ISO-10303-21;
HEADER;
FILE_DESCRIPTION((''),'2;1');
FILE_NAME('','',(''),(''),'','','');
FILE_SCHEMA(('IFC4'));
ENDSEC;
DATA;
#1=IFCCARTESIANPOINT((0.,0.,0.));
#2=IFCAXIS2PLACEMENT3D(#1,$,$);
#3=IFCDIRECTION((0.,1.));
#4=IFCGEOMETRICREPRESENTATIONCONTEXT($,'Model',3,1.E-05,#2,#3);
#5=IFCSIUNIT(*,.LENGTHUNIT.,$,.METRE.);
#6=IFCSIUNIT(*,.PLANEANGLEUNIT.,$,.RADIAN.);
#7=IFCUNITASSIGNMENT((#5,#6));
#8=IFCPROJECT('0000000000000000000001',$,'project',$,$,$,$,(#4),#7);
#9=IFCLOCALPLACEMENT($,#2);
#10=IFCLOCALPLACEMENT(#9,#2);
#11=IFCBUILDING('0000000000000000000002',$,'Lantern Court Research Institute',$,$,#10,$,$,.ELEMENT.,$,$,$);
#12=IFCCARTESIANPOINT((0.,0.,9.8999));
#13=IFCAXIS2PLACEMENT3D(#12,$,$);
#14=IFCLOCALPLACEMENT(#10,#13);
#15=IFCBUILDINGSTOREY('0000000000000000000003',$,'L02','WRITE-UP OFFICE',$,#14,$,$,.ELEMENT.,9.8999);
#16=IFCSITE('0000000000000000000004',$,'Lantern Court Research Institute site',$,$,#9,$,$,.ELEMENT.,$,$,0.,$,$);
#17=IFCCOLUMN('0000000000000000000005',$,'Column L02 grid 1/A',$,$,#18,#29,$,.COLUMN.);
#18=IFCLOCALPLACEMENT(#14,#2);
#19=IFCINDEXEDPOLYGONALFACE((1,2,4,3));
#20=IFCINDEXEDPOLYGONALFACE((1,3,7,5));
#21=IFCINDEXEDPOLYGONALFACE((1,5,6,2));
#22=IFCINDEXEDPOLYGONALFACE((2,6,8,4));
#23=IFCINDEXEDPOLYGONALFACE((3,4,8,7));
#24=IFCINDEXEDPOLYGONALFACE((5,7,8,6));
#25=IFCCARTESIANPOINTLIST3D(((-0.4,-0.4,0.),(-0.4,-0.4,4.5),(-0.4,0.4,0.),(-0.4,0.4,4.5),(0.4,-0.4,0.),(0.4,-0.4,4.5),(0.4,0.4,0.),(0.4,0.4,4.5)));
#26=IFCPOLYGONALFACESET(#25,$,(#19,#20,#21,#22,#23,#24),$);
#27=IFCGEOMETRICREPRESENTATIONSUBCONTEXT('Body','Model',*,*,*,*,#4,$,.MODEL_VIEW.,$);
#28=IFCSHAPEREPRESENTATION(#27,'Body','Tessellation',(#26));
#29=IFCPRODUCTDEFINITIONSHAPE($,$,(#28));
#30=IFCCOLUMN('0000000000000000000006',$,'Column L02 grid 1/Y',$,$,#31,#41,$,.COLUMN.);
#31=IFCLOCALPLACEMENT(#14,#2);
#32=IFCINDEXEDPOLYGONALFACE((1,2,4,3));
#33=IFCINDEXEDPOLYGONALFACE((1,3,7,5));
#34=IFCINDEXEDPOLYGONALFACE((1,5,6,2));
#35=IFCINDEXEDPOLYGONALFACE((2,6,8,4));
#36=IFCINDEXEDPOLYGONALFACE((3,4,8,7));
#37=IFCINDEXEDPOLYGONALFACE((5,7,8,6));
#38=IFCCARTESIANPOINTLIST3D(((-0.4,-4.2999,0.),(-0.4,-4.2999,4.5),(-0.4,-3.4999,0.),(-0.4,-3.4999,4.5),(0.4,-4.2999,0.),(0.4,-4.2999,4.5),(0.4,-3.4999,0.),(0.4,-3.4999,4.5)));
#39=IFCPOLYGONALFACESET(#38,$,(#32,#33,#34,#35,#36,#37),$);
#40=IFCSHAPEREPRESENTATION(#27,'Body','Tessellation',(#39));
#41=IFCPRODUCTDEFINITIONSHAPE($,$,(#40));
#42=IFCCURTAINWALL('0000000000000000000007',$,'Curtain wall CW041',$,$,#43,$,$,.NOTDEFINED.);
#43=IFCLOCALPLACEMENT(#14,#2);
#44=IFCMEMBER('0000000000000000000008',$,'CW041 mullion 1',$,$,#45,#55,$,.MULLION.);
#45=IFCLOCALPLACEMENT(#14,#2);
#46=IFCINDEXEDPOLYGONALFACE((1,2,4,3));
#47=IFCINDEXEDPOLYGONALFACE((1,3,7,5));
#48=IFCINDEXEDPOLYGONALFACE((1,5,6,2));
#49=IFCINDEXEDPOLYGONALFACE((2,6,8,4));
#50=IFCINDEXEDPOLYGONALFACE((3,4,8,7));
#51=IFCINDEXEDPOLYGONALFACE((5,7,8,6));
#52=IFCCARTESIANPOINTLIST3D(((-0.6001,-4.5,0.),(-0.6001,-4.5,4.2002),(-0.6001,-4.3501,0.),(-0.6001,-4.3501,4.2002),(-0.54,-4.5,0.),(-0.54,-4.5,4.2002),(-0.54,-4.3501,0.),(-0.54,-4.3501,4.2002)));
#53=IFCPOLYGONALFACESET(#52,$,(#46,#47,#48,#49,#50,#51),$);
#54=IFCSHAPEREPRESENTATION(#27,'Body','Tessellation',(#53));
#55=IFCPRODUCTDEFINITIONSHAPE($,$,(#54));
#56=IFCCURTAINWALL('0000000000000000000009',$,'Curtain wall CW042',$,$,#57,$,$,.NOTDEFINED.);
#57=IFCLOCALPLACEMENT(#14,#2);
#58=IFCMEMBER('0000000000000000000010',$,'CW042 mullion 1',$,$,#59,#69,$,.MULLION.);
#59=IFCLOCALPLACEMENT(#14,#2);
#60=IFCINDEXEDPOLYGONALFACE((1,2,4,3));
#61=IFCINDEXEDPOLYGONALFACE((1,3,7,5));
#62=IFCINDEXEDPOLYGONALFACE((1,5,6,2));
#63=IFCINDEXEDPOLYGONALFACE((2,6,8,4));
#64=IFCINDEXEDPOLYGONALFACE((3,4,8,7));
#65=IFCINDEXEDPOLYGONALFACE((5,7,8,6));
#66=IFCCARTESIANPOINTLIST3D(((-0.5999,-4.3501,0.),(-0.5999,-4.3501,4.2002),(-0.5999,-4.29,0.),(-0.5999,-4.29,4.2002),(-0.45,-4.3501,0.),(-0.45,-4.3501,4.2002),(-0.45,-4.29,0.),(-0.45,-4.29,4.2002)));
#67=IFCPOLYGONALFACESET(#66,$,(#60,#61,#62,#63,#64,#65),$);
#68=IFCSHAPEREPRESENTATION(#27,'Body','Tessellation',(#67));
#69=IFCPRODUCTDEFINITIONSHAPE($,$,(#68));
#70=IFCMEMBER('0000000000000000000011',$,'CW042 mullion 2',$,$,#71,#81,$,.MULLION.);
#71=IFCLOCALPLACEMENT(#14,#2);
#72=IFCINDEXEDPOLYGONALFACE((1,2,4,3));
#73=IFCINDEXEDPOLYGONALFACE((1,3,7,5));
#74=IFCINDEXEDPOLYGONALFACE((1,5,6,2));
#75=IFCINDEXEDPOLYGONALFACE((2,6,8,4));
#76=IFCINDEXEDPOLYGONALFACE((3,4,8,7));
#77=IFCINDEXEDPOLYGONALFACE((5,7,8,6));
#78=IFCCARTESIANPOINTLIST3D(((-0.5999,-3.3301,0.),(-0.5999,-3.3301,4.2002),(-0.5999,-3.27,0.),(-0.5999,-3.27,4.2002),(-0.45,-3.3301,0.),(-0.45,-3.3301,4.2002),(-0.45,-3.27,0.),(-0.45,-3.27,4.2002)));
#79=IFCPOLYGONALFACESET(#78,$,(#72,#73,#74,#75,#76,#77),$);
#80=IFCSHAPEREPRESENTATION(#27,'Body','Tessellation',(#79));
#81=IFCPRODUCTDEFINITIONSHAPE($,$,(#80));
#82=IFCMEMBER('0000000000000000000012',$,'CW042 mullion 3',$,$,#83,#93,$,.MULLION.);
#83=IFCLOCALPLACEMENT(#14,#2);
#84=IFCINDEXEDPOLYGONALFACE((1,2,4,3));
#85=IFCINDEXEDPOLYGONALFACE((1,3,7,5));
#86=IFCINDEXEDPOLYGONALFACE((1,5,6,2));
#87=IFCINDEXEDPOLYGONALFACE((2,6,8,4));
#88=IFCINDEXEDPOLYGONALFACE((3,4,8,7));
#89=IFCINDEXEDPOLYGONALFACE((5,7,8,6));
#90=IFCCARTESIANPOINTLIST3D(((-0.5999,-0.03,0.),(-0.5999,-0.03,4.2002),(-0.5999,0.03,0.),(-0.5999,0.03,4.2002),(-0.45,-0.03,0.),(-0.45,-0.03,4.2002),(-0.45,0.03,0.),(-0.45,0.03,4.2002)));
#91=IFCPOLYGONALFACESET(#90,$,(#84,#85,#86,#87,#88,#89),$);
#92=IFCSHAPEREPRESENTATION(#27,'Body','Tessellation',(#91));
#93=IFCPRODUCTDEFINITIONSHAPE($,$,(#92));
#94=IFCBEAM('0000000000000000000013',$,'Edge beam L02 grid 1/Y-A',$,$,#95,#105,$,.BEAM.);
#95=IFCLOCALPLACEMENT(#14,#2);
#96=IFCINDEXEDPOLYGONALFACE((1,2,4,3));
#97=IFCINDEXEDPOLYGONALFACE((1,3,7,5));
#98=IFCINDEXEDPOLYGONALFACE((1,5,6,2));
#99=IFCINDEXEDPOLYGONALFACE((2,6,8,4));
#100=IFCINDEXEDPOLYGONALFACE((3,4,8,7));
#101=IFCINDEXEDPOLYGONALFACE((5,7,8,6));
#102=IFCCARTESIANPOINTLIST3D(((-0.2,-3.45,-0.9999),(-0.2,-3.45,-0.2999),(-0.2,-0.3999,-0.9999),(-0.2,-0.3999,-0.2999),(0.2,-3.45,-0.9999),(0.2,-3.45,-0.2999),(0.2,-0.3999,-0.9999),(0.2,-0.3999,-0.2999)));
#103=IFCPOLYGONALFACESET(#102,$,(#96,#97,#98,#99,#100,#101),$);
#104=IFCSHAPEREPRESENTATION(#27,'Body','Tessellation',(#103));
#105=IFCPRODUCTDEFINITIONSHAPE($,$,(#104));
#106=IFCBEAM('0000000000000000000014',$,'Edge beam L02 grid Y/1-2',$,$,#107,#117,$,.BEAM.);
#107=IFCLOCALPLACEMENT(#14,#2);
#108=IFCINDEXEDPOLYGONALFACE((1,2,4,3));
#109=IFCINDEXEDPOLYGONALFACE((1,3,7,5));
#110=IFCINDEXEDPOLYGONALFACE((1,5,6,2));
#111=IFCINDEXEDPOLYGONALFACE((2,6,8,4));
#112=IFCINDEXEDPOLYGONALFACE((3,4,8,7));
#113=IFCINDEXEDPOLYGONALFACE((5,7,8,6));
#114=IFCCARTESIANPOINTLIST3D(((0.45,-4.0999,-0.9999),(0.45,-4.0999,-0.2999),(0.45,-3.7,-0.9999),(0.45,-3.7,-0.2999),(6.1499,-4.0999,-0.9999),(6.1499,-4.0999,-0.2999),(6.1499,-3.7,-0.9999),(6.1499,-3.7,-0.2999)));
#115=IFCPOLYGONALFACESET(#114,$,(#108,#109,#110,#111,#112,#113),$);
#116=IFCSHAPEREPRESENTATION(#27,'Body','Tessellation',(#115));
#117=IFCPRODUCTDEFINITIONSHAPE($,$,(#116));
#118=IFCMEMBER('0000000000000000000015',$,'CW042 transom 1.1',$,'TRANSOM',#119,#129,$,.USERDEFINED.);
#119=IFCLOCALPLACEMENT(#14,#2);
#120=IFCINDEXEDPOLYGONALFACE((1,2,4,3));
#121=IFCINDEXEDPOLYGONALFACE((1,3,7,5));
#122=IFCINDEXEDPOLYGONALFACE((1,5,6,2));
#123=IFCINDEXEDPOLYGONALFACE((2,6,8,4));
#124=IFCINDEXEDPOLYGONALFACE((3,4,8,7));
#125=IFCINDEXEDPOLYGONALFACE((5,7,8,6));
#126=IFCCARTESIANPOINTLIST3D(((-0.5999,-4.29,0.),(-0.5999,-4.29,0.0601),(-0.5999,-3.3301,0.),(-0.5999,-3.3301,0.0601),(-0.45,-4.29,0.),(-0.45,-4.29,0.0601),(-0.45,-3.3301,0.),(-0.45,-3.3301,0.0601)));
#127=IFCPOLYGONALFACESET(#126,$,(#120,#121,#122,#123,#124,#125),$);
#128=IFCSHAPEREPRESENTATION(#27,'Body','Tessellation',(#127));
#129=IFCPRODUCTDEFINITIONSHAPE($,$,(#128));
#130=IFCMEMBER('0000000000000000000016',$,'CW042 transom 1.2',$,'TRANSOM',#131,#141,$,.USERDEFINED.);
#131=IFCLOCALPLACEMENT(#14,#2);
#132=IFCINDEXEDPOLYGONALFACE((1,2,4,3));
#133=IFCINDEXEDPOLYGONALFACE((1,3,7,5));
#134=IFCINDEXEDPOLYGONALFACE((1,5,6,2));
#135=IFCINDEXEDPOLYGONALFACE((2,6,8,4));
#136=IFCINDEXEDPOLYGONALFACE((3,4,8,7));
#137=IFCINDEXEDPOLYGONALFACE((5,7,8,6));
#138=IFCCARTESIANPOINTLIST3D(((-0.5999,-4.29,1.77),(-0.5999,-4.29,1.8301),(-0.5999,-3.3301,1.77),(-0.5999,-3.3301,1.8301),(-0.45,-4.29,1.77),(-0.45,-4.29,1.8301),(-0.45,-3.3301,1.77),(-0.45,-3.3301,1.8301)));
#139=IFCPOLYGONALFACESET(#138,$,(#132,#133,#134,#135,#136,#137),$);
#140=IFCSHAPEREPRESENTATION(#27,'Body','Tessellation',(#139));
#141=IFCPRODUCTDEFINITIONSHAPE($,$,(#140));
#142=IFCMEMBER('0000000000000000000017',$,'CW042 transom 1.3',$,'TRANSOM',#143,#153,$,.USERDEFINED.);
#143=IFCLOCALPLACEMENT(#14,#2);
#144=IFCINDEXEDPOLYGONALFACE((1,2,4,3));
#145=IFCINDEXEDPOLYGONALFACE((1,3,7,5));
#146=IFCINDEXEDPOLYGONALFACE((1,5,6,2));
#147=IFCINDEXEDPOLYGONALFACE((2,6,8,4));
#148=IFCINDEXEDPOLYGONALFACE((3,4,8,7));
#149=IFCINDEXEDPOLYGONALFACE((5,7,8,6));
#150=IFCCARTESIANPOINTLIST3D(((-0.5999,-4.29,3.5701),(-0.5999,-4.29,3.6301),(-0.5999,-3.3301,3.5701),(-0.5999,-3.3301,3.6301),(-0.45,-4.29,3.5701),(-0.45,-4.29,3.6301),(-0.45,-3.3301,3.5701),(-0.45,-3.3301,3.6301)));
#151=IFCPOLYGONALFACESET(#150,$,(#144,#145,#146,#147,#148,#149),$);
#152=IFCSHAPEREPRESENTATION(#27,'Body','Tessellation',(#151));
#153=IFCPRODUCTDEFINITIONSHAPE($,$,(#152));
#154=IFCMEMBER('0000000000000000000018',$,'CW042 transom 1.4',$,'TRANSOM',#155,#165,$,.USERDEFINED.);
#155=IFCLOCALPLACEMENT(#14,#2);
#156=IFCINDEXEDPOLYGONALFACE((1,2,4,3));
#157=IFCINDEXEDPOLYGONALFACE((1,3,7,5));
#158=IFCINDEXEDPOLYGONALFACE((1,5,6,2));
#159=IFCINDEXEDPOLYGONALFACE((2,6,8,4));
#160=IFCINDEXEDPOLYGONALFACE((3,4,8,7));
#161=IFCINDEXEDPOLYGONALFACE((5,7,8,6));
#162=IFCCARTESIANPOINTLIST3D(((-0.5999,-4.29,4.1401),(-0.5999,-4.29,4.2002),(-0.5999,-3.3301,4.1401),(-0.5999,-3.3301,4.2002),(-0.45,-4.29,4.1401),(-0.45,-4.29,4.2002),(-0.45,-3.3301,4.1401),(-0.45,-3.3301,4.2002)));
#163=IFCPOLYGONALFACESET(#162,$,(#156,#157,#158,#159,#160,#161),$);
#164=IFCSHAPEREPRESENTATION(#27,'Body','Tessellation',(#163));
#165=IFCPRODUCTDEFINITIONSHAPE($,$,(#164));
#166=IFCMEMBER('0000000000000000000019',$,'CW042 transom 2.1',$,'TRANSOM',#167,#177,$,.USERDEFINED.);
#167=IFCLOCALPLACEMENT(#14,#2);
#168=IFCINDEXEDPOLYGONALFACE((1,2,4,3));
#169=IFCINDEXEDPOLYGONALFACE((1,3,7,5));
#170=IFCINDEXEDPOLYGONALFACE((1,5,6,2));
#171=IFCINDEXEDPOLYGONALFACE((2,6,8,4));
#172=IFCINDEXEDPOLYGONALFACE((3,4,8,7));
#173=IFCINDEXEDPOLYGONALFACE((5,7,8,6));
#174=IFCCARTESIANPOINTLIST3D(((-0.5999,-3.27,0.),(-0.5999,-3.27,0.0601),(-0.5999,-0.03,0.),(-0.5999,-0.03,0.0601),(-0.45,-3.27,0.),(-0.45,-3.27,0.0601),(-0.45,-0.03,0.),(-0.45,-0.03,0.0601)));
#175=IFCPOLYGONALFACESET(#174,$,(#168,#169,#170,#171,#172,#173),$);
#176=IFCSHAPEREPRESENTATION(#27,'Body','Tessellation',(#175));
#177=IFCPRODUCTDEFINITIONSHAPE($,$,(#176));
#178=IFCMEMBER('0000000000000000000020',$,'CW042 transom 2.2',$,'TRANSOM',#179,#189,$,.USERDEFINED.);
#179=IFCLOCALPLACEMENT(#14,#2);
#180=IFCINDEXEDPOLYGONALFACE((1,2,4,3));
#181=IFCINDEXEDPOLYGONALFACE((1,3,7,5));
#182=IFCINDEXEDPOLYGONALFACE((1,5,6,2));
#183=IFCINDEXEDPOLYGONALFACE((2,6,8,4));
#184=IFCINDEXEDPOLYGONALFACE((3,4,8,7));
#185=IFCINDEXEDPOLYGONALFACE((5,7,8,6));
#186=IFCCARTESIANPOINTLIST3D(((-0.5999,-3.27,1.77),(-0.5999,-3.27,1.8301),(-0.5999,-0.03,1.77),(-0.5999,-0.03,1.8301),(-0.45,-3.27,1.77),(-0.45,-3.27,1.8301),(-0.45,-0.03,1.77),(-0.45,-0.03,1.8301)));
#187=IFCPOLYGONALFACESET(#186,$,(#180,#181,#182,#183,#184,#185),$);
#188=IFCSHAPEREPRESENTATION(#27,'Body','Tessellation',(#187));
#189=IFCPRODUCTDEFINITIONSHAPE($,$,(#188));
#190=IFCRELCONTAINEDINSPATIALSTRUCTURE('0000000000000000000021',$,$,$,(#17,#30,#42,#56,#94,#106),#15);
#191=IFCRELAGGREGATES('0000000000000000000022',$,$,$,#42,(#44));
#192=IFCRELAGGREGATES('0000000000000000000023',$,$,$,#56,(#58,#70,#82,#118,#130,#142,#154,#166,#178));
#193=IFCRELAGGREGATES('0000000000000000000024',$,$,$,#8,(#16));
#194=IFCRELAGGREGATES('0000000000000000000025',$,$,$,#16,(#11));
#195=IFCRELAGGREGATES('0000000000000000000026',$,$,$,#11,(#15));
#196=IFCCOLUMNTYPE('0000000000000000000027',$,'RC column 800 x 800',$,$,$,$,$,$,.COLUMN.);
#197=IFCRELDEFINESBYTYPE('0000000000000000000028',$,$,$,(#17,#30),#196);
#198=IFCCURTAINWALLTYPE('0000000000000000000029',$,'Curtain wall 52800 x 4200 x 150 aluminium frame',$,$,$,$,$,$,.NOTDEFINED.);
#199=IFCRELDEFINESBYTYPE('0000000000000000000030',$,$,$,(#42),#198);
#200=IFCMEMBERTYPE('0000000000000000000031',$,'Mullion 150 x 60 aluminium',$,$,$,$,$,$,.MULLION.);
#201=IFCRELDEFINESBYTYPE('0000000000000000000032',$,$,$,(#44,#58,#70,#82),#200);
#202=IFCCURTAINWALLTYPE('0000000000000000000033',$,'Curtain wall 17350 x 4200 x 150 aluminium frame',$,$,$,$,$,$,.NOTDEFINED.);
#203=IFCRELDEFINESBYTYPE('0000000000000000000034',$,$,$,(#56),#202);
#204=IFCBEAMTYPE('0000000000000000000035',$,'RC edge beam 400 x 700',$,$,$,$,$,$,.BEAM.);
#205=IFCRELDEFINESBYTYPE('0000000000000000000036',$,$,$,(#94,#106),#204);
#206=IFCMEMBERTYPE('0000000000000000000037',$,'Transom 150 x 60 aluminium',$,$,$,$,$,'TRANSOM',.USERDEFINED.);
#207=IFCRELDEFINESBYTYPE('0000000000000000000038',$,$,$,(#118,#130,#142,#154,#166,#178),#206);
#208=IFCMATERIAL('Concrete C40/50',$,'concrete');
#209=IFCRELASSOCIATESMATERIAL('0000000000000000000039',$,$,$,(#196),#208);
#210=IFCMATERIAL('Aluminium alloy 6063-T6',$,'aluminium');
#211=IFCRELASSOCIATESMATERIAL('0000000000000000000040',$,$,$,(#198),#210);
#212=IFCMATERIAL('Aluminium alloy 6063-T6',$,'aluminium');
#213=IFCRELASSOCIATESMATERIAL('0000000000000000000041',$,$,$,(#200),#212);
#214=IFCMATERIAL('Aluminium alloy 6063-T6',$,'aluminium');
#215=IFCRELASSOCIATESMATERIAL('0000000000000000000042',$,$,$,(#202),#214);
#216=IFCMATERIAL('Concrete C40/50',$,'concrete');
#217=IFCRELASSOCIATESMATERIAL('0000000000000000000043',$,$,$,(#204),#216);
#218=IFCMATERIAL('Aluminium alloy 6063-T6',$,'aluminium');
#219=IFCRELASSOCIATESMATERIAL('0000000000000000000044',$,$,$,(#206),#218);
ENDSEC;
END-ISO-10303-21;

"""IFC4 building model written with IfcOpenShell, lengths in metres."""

from ifc_helpers import new_model, si_unit, direction, frame, origin, origin_2d, place, context, subcontext, project, spatial, rectangle, extrude, material, material_profile, profile_set, type_object, element, aggregate, save


model = new_model("IFC4")

# Units and contexts
model_context = context("Model", 3, precision=1e-05, world=origin(), true_north=direction((0.0, 1.0)))
body_context = subcontext(model_context, "Body", "Model", "MODEL_VIEW")
ifc_project = project(units=[si_unit("LENGTHUNIT", "METRE"), si_unit("PLANEANGLEUNIT", "RADIAN")], contexts=[model_context])

# Site, building, storey
site_placement = place(None, origin())
site = spatial("IfcSite", under=ifc_project, at=site_placement, Name="Lantern Court Research Institute site", CompositionType="ELEMENT", RefElevation=0.0)
building_placement = place(site_placement, origin())
building = spatial("IfcBuilding", under=site, at=building_placement, Name="Lantern Court Research Institute", CompositionType="ELEMENT")
storey_placement = place(building_placement, frame((0.0, 0.0, 9.8999)))
storey = spatial("IfcBuildingStorey", under=building, at=storey_placement, Name="L02", Description="WRITE-UP OFFICE", CompositionType="ELEMENT", Elevation=9.8999)

# Columns
ifc_material_1 = material(Name="Concrete C40/50", Category="concrete")
ifc_material_profile_1 = material_profile(ifc_material_1, rectangle(XDim=0.8, YDim=0.8, at=origin_2d()), Name="RC column 800 x 800")
ifc_profile_set_1 = profile_set([ifc_material_profile_1], Name="Concrete C40/50")
column_type = type_object("IfcColumnType", Name="RC column 800 x 800", PredefinedType="COLUMN", material=ifc_profile_set_1)
for number, where, z_axis, x_axis, name in (
    (1, (0.0, 0.0, 0.0), (0.0, 0.0, 1.0), (1.0, 0.0, 0.0), "Column L02 grid 1/A"),
    (2, (0.0, -3.8999, 0.0), (0.0, 0.0, 1.0), (1.0, 0.0, 0.0), "Column L02 grid 1/Y"),
):
    element("IfcColumn", number, at=place(storey_placement, frame(where, z_axis=z_axis, x_axis=x_axis)), inside=storey, type_object=column_type, Name=name, PredefinedType="COLUMN", context=body_context, shape_type="SweptSolid", body=[
        extrude(rectangle(XDim=0.8, YDim=0.8, at=origin_2d()), origin(), (0.0, 0.0, 1.0), 4.5),
    ])

# Curtain wall, member
ifc_material_2 = material(Name="Aluminium alloy 6063-T6", Category="aluminium")
curtain_wall_type_1 = type_object("IfcCurtainWallType", Name="Curtain wall 52800 x 4200 x 150 aluminium frame", PredefinedType="NOTDEFINED", material=ifc_material_2)
curtain_wall_1_placement = place(storey_placement, origin())
curtain_wall_1 = element("IfcCurtainWall", 3, at=curtain_wall_1_placement, inside=storey, type_object=curtain_wall_type_1, Name="Curtain wall CW041", PredefinedType="NOTDEFINED")
ifc_material_3 = material(Name="Aluminium alloy 6063-T6", Category="aluminium")
ifc_material_profile_2 = material_profile(ifc_material_3, rectangle(XDim=0.1499, YDim=0.0601, at=origin_2d()), Name="Mullion 150 x 60")
ifc_profile_set_2 = profile_set([ifc_material_profile_2], Name="Aluminium alloy 6063-T6")
member_type_1 = type_object("IfcMemberType", Name="Mullion 150 x 60 aluminium", PredefinedType="MULLION", material=ifc_profile_set_2)
member_1_placement = place(storey_placement, frame((-0.5701, -4.425, 0.0), z_axis=(0.0, 0.0, 1.0), x_axis=(0.0, -1.0, 0.0)))
member_1 = element("IfcMember", 4, at=member_1_placement, type_object=member_type_1, Name="CW041 mullion 1", PredefinedType="MULLION", context=body_context, shape_type="SweptSolid", body=[
    extrude(rectangle(XDim=0.1499, YDim=0.0601, at=origin_2d()), origin(), (0.0, 0.0, 1.0), 4.2002),
])
aggregate(curtain_wall_1, [member_1])

# Curtain wall, members
ifc_material_4 = material(Name="Aluminium alloy 6063-T6", Category="aluminium")
curtain_wall_type_2 = type_object("IfcCurtainWallType", Name="Curtain wall 17350 x 4200 x 150 aluminium frame", PredefinedType="NOTDEFINED", material=ifc_material_4)
curtain_wall_2_placement = place(storey_placement, origin())
curtain_wall_2 = element("IfcCurtainWall", 5, at=curtain_wall_2_placement, inside=storey, type_object=curtain_wall_type_2, Name="Curtain wall CW042", PredefinedType="NOTDEFINED")
member_2_placement = place(storey_placement, frame((-0.5249, -4.3201, 0.0), z_axis=(0.0, 0.0, 1.0), x_axis=(-1.0, 0.0, 0.0)))
member_2 = element("IfcMember", 6, at=member_2_placement, type_object=member_type_1, Name="CW042 mullion 1", PredefinedType="MULLION", context=body_context, shape_type="SweptSolid", body=[
    extrude(rectangle(XDim=0.1499, YDim=0.0601, at=origin_2d()), origin(), (0.0, 0.0, 1.0), 4.2002),
])
member_3_placement = place(storey_placement, frame((-0.5249, -3.3, 0.0), z_axis=(0.0, 0.0, 1.0), x_axis=(-1.0, 0.0, 0.0)))
member_3 = element("IfcMember", 7, at=member_3_placement, type_object=member_type_1, Name="CW042 mullion 2", PredefinedType="MULLION", context=body_context, shape_type="SweptSolid", body=[
    extrude(rectangle(XDim=0.1499, YDim=0.0601, at=origin_2d()), origin(), (0.0, 0.0, 1.0), 4.2002),
])
member_4_placement = place(storey_placement, frame((-0.5249, 0.0, 0.0), z_axis=(0.0, 0.0, 1.0), x_axis=(-1.0, 0.0, 0.0)))
member_4 = element("IfcMember", 8, at=member_4_placement, type_object=member_type_1, Name="CW042 mullion 3", PredefinedType="MULLION", context=body_context, shape_type="SweptSolid", body=[
    extrude(rectangle(XDim=0.1499, YDim=0.0601, at=origin_2d()), origin(), (0.0, 0.0, 1.0), 4.2002),
])

# Beams
ifc_material_5 = material(Name="Concrete C40/50", Category="concrete")
ifc_material_profile_3 = material_profile(ifc_material_5, rectangle(XDim=0.3999, YDim=0.7, at=origin_2d()), Name="RC beam 400 x 700")
ifc_profile_set_3 = profile_set([ifc_material_profile_3], Name="Concrete C40/50")
beam_type = type_object("IfcBeamType", Name="RC edge beam 400 x 700", PredefinedType="BEAM", material=ifc_profile_set_3)
beam_1_placement = place(storey_placement, frame((0.0, -3.45, -0.6499), z_axis=(0.0, 1.0, 0.0), x_axis=(-1.0, 0.0, 0.0)))
element("IfcBeam", 9, at=beam_1_placement, inside=storey, type_object=beam_type, Name="Edge beam L02 grid 1/Y-A", PredefinedType="BEAM", context=body_context, shape_type="SweptSolid", body=[
    extrude(rectangle(XDim=0.3999, YDim=0.7, at=origin_2d()), origin(), (0.0, 0.0, 1.0), 3.05),
])
beam_2_placement = place(storey_placement, frame((0.45, -3.8999, -0.6499), z_axis=(1.0, 0.0, 0.0), x_axis=(0.0, 1.0, 0.0)))
element("IfcBeam", 10, at=beam_2_placement, inside=storey, type_object=beam_type, Name="Edge beam L02 grid Y/1-2", PredefinedType="BEAM", context=body_context, shape_type="SweptSolid", body=[
    extrude(rectangle(XDim=0.3999, YDim=0.7, at=origin_2d()), origin(), (0.0, 0.0, 1.0), 5.7),
])

# Members
ifc_material_6 = material(Name="Aluminium alloy 6063-T6", Category="aluminium")
ifc_material_profile_4 = material_profile(ifc_material_6, rectangle(XDim=0.1499, YDim=0.0601, at=origin_2d()), Name="Transom 150 x 60")
ifc_profile_set_4 = profile_set([ifc_material_profile_4], Name="Aluminium alloy 6063-T6")
member_type_2 = type_object("IfcMemberType", Name="Transom 150 x 60 aluminium", ElementType="TRANSOM", PredefinedType="USERDEFINED", material=ifc_profile_set_4)
member_5_placement = place(storey_placement, frame((-0.5249, -4.29, 0.03), z_axis=(0.0, 1.0, 0.0), x_axis=(-1.0, 0.0, 0.0)))
member_5 = element("IfcMember", 11, at=member_5_placement, type_object=member_type_2, Name="CW042 transom 1.1", ObjectType="TRANSOM", PredefinedType="USERDEFINED", context=body_context, shape_type="SweptSolid", body=[
    extrude(rectangle(XDim=0.1499, YDim=0.0601, at=origin_2d()), origin(), (0.0, 0.0, 1.0), 0.96),
])
member_6_placement = place(storey_placement, frame((-0.5249, -4.29, 1.8), z_axis=(0.0, 1.0, 0.0), x_axis=(-1.0, 0.0, 0.0)))
member_6 = element("IfcMember", 12, at=member_6_placement, type_object=member_type_2, Name="CW042 transom 1.2", ObjectType="TRANSOM", PredefinedType="USERDEFINED", context=body_context, shape_type="SweptSolid", body=[
    extrude(rectangle(XDim=0.1499, YDim=0.0601, at=origin_2d()), origin(), (0.0, 0.0, 1.0), 0.96),
])
member_7_placement = place(storey_placement, frame((-0.5249, -4.29, 3.6001), z_axis=(0.0, 1.0, 0.0), x_axis=(-1.0, 0.0, 0.0)))
member_7 = element("IfcMember", 13, at=member_7_placement, type_object=member_type_2, Name="CW042 transom 1.3", ObjectType="TRANSOM", PredefinedType="USERDEFINED", context=body_context, shape_type="SweptSolid", body=[
    extrude(rectangle(XDim=0.1499, YDim=0.0601, at=origin_2d()), origin(), (0.0, 0.0, 1.0), 0.96),
])
member_8_placement = place(storey_placement, frame((-0.5249, -4.29, 4.1702), z_axis=(0.0, 1.0, 0.0), x_axis=(-1.0, 0.0, 0.0)))
member_8 = element("IfcMember", 14, at=member_8_placement, type_object=member_type_2, Name="CW042 transom 1.4", ObjectType="TRANSOM", PredefinedType="USERDEFINED", context=body_context, shape_type="SweptSolid", body=[
    extrude(rectangle(XDim=0.1499, YDim=0.0601, at=origin_2d()), origin(), (0.0, 0.0, 1.0), 0.96),
])
member_9_placement = place(storey_placement, frame((-0.5249, -3.27, 0.03), z_axis=(0.0, 1.0, 0.0), x_axis=(-1.0, 0.0, 0.0)))
member_9 = element("IfcMember", 15, at=member_9_placement, type_object=member_type_2, Name="CW042 transom 2.1", ObjectType="TRANSOM", PredefinedType="USERDEFINED", context=body_context, shape_type="SweptSolid", body=[
    extrude(rectangle(XDim=0.1499, YDim=0.0601, at=origin_2d()), origin(), (0.0, 0.0, 1.0), 3.24),
])
member_10_placement = place(storey_placement, frame((-0.5249, -3.27, 1.8), z_axis=(0.0, 1.0, 0.0), x_axis=(-1.0, 0.0, 0.0)))
member_10 = element("IfcMember", 16, at=member_10_placement, type_object=member_type_2, Name="CW042 transom 2.2", ObjectType="TRANSOM", PredefinedType="USERDEFINED", context=body_context, shape_type="SweptSolid", body=[
    extrude(rectangle(XDim=0.1499, YDim=0.0601, at=origin_2d()), origin(), (0.0, 0.0, 1.0), 3.24),
])

aggregate(curtain_wall_2, [member_2, member_3, member_4, member_5, member_6, member_7, member_8, member_9, member_10])

save(model, "model.ifc")
